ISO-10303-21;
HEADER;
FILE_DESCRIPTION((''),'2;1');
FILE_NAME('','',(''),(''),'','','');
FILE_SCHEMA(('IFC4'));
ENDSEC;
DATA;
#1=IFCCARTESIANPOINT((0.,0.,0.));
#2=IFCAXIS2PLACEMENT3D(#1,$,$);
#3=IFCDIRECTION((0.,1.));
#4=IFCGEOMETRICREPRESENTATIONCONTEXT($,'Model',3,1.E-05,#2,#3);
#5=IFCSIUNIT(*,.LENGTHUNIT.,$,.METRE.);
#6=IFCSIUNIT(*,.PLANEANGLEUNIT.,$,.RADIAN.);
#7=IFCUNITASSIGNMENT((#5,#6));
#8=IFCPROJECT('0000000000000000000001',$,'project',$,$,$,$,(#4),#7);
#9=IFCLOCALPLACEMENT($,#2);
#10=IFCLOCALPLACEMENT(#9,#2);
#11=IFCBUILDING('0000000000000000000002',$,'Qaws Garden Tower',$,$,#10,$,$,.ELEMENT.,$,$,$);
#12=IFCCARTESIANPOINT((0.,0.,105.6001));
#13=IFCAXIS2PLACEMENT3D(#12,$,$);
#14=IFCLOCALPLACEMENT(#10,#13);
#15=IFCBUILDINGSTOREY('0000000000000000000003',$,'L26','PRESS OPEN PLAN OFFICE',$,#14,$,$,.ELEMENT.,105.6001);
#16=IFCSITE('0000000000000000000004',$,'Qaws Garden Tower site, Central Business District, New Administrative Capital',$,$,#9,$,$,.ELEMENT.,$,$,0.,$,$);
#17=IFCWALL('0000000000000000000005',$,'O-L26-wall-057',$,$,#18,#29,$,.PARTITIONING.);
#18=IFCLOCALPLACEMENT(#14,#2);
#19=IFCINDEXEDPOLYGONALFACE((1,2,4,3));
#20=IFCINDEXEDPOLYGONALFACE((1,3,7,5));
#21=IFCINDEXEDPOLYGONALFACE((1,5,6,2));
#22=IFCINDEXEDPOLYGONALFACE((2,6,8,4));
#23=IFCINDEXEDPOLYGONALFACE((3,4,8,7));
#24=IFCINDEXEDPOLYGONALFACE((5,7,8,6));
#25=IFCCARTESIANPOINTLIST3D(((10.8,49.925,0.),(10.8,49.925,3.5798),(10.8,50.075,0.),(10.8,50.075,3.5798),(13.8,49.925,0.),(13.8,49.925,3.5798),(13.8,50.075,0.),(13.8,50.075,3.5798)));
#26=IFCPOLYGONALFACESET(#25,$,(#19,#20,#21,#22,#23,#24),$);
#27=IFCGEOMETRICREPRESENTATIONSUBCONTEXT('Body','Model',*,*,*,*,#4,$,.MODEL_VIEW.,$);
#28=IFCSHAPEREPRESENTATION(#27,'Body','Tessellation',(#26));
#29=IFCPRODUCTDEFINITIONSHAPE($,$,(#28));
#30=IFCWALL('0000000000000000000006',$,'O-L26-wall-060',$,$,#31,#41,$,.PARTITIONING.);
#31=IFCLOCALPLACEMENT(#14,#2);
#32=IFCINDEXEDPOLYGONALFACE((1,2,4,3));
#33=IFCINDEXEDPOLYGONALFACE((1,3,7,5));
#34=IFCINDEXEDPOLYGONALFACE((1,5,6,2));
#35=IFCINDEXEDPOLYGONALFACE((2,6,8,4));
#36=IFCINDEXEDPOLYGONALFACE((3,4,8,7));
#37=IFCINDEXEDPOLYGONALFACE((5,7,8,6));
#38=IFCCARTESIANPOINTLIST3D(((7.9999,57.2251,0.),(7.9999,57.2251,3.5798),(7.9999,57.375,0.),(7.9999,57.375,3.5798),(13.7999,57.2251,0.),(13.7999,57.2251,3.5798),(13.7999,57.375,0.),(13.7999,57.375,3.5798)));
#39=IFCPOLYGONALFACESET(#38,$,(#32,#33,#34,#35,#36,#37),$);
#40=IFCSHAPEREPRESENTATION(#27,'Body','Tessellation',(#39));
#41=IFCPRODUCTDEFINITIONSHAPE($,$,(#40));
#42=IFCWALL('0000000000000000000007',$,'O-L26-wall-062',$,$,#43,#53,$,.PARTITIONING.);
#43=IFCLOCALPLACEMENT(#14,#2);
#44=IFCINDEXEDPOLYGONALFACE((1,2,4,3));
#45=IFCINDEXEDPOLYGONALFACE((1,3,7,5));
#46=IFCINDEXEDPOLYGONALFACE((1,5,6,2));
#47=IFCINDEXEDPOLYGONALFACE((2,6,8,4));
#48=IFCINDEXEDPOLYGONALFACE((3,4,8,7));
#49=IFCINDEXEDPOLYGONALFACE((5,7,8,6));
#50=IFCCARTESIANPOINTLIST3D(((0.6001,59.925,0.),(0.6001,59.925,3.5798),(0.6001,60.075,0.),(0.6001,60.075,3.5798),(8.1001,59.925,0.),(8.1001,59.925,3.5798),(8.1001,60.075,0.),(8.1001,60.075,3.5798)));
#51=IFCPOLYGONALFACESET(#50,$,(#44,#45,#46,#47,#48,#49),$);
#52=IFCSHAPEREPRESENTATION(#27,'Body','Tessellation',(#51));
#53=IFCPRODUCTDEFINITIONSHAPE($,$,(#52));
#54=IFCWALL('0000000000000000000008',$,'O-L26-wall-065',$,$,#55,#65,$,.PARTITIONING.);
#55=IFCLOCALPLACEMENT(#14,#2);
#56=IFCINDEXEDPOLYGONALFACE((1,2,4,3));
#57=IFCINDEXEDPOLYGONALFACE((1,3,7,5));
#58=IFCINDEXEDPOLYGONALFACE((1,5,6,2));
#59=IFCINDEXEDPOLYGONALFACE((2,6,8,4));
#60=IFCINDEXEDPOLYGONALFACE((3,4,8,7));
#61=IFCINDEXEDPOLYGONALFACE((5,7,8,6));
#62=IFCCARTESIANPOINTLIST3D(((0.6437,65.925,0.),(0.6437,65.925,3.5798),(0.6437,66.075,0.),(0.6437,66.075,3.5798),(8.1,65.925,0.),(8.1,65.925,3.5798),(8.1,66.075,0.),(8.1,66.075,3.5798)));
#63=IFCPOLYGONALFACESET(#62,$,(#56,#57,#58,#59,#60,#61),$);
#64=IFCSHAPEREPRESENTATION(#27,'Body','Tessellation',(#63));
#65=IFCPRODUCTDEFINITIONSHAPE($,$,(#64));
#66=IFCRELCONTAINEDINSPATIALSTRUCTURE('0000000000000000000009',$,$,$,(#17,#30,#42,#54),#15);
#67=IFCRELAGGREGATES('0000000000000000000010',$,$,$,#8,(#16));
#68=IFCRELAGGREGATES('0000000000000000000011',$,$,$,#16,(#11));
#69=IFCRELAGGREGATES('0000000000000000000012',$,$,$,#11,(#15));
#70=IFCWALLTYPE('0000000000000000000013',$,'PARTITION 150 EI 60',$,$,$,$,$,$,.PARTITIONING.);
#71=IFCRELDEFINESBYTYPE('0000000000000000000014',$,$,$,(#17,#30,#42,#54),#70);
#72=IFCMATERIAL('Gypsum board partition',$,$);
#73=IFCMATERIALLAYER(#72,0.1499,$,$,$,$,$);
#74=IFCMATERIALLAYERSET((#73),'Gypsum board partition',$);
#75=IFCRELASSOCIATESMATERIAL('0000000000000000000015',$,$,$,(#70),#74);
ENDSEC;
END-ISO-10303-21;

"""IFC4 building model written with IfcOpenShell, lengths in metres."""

from ifc_helpers import new_model, si_unit, direction, frame, frame_2d, origin, place, context, subcontext, project, spatial, rectangle, extrude, material, layer, layer_set, type_object, element, save


model = new_model("IFC4")

# Units and contexts
model_context = context("Model", 3, precision=1e-05, world=origin(), true_north=direction((0.0, 1.0)))
body_context = subcontext(model_context, "Body", "Model", "MODEL_VIEW")
ifc_project = project(units=[si_unit("LENGTHUNIT", "METRE"), si_unit("PLANEANGLEUNIT", "RADIAN")], contexts=[model_context])

# Site, building, storey
site_placement = place(None, origin())
site = spatial("IfcSite", under=ifc_project, at=site_placement, Name="Qaws Garden Tower site, Central Business District, New Administrative Capital", CompositionType="ELEMENT", RefElevation=0.0)
building_placement = place(site_placement, origin())
building = spatial("IfcBuilding", under=site, at=building_placement, Name="Qaws Garden Tower", CompositionType="ELEMENT")
storey_placement = place(building_placement, frame((0.0, 0.0, 105.6001)))
storey = spatial("IfcBuildingStorey", under=building, at=storey_placement, Name="L26", Description="PRESS OPEN PLAN OFFICE", CompositionType="ELEMENT", Elevation=105.6001)

# Shared definitions
ifc_material_1 = material(Name="Gypsum board partition")
ifc_layer_1 = layer(ifc_material_1, 0.1499)
ifc_layer_set_1 = layer_set([ifc_layer_1], Name="Gypsum board partition")
wall_type_1 = type_object("IfcWallType", Name="PARTITION 150 EI 60", PredefinedType="PARTITIONING", material=ifc_layer_set_1)

# Walls
wall_1_placement = place(storey_placement, frame((10.8, 50.0, 0.0), z_axis=(0.0, 0.0, 1.0), x_axis=(1.0, 0.0, 0.0)))
element("IfcWall", 1, at=wall_1_placement, inside=storey, type_object=wall_type_1, Name="O-L26-wall-057", PredefinedType="PARTITIONING", context=body_context, shape_type="SweptSolid", body=[
    extrude(rectangle(XDim=3.0, YDim=0.1499, at=frame_2d((1.5, 0.0))), origin(), (0.0, 0.0, 1.0), 3.5798),
])
wall_2_placement = place(storey_placement, frame((8.0, 57.3, 0.0), z_axis=(0.0, 0.0, 1.0), x_axis=(1.0, 0.0, 0.0)))
element("IfcWall", 2, at=wall_2_placement, inside=storey, type_object=wall_type_1, Name="O-L26-wall-060", PredefinedType="PARTITIONING", context=body_context, shape_type="SweptSolid", body=[
    extrude(rectangle(XDim=5.8, YDim=0.1499, at=frame_2d((2.8999, 0.0))), origin(), (0.0, 0.0, 1.0), 3.5798),
])
wall_3_placement = place(storey_placement, frame((0.6001, 60.0, 0.0), z_axis=(0.0, 0.0, 1.0), x_axis=(1.0, 0.0, 0.0)))
element("IfcWall", 3, at=wall_3_placement, inside=storey, type_object=wall_type_1, Name="O-L26-wall-062", PredefinedType="PARTITIONING", context=body_context, shape_type="SweptSolid", body=[
    extrude(rectangle(XDim=7.5, YDim=0.1499, at=frame_2d((3.75, 0.0))), origin(), (0.0, 0.0, 1.0), 3.5798),
])
wall_4_placement = place(storey_placement, frame((0.6438, 66.0, 0.0), z_axis=(0.0, 0.0, 1.0), x_axis=(1.0, 0.0, 0.0)))
element("IfcWall", 4, at=wall_4_placement, inside=storey, type_object=wall_type_1, Name="O-L26-wall-065", PredefinedType="PARTITIONING", context=body_context, shape_type="SweptSolid", body=[
    extrude(rectangle(XDim=7.4563, YDim=0.1499, at=frame_2d((3.728, 0.0))), origin(), (0.0, 0.0, 1.0), 3.5798),
])

save(model, "model.ifc")
